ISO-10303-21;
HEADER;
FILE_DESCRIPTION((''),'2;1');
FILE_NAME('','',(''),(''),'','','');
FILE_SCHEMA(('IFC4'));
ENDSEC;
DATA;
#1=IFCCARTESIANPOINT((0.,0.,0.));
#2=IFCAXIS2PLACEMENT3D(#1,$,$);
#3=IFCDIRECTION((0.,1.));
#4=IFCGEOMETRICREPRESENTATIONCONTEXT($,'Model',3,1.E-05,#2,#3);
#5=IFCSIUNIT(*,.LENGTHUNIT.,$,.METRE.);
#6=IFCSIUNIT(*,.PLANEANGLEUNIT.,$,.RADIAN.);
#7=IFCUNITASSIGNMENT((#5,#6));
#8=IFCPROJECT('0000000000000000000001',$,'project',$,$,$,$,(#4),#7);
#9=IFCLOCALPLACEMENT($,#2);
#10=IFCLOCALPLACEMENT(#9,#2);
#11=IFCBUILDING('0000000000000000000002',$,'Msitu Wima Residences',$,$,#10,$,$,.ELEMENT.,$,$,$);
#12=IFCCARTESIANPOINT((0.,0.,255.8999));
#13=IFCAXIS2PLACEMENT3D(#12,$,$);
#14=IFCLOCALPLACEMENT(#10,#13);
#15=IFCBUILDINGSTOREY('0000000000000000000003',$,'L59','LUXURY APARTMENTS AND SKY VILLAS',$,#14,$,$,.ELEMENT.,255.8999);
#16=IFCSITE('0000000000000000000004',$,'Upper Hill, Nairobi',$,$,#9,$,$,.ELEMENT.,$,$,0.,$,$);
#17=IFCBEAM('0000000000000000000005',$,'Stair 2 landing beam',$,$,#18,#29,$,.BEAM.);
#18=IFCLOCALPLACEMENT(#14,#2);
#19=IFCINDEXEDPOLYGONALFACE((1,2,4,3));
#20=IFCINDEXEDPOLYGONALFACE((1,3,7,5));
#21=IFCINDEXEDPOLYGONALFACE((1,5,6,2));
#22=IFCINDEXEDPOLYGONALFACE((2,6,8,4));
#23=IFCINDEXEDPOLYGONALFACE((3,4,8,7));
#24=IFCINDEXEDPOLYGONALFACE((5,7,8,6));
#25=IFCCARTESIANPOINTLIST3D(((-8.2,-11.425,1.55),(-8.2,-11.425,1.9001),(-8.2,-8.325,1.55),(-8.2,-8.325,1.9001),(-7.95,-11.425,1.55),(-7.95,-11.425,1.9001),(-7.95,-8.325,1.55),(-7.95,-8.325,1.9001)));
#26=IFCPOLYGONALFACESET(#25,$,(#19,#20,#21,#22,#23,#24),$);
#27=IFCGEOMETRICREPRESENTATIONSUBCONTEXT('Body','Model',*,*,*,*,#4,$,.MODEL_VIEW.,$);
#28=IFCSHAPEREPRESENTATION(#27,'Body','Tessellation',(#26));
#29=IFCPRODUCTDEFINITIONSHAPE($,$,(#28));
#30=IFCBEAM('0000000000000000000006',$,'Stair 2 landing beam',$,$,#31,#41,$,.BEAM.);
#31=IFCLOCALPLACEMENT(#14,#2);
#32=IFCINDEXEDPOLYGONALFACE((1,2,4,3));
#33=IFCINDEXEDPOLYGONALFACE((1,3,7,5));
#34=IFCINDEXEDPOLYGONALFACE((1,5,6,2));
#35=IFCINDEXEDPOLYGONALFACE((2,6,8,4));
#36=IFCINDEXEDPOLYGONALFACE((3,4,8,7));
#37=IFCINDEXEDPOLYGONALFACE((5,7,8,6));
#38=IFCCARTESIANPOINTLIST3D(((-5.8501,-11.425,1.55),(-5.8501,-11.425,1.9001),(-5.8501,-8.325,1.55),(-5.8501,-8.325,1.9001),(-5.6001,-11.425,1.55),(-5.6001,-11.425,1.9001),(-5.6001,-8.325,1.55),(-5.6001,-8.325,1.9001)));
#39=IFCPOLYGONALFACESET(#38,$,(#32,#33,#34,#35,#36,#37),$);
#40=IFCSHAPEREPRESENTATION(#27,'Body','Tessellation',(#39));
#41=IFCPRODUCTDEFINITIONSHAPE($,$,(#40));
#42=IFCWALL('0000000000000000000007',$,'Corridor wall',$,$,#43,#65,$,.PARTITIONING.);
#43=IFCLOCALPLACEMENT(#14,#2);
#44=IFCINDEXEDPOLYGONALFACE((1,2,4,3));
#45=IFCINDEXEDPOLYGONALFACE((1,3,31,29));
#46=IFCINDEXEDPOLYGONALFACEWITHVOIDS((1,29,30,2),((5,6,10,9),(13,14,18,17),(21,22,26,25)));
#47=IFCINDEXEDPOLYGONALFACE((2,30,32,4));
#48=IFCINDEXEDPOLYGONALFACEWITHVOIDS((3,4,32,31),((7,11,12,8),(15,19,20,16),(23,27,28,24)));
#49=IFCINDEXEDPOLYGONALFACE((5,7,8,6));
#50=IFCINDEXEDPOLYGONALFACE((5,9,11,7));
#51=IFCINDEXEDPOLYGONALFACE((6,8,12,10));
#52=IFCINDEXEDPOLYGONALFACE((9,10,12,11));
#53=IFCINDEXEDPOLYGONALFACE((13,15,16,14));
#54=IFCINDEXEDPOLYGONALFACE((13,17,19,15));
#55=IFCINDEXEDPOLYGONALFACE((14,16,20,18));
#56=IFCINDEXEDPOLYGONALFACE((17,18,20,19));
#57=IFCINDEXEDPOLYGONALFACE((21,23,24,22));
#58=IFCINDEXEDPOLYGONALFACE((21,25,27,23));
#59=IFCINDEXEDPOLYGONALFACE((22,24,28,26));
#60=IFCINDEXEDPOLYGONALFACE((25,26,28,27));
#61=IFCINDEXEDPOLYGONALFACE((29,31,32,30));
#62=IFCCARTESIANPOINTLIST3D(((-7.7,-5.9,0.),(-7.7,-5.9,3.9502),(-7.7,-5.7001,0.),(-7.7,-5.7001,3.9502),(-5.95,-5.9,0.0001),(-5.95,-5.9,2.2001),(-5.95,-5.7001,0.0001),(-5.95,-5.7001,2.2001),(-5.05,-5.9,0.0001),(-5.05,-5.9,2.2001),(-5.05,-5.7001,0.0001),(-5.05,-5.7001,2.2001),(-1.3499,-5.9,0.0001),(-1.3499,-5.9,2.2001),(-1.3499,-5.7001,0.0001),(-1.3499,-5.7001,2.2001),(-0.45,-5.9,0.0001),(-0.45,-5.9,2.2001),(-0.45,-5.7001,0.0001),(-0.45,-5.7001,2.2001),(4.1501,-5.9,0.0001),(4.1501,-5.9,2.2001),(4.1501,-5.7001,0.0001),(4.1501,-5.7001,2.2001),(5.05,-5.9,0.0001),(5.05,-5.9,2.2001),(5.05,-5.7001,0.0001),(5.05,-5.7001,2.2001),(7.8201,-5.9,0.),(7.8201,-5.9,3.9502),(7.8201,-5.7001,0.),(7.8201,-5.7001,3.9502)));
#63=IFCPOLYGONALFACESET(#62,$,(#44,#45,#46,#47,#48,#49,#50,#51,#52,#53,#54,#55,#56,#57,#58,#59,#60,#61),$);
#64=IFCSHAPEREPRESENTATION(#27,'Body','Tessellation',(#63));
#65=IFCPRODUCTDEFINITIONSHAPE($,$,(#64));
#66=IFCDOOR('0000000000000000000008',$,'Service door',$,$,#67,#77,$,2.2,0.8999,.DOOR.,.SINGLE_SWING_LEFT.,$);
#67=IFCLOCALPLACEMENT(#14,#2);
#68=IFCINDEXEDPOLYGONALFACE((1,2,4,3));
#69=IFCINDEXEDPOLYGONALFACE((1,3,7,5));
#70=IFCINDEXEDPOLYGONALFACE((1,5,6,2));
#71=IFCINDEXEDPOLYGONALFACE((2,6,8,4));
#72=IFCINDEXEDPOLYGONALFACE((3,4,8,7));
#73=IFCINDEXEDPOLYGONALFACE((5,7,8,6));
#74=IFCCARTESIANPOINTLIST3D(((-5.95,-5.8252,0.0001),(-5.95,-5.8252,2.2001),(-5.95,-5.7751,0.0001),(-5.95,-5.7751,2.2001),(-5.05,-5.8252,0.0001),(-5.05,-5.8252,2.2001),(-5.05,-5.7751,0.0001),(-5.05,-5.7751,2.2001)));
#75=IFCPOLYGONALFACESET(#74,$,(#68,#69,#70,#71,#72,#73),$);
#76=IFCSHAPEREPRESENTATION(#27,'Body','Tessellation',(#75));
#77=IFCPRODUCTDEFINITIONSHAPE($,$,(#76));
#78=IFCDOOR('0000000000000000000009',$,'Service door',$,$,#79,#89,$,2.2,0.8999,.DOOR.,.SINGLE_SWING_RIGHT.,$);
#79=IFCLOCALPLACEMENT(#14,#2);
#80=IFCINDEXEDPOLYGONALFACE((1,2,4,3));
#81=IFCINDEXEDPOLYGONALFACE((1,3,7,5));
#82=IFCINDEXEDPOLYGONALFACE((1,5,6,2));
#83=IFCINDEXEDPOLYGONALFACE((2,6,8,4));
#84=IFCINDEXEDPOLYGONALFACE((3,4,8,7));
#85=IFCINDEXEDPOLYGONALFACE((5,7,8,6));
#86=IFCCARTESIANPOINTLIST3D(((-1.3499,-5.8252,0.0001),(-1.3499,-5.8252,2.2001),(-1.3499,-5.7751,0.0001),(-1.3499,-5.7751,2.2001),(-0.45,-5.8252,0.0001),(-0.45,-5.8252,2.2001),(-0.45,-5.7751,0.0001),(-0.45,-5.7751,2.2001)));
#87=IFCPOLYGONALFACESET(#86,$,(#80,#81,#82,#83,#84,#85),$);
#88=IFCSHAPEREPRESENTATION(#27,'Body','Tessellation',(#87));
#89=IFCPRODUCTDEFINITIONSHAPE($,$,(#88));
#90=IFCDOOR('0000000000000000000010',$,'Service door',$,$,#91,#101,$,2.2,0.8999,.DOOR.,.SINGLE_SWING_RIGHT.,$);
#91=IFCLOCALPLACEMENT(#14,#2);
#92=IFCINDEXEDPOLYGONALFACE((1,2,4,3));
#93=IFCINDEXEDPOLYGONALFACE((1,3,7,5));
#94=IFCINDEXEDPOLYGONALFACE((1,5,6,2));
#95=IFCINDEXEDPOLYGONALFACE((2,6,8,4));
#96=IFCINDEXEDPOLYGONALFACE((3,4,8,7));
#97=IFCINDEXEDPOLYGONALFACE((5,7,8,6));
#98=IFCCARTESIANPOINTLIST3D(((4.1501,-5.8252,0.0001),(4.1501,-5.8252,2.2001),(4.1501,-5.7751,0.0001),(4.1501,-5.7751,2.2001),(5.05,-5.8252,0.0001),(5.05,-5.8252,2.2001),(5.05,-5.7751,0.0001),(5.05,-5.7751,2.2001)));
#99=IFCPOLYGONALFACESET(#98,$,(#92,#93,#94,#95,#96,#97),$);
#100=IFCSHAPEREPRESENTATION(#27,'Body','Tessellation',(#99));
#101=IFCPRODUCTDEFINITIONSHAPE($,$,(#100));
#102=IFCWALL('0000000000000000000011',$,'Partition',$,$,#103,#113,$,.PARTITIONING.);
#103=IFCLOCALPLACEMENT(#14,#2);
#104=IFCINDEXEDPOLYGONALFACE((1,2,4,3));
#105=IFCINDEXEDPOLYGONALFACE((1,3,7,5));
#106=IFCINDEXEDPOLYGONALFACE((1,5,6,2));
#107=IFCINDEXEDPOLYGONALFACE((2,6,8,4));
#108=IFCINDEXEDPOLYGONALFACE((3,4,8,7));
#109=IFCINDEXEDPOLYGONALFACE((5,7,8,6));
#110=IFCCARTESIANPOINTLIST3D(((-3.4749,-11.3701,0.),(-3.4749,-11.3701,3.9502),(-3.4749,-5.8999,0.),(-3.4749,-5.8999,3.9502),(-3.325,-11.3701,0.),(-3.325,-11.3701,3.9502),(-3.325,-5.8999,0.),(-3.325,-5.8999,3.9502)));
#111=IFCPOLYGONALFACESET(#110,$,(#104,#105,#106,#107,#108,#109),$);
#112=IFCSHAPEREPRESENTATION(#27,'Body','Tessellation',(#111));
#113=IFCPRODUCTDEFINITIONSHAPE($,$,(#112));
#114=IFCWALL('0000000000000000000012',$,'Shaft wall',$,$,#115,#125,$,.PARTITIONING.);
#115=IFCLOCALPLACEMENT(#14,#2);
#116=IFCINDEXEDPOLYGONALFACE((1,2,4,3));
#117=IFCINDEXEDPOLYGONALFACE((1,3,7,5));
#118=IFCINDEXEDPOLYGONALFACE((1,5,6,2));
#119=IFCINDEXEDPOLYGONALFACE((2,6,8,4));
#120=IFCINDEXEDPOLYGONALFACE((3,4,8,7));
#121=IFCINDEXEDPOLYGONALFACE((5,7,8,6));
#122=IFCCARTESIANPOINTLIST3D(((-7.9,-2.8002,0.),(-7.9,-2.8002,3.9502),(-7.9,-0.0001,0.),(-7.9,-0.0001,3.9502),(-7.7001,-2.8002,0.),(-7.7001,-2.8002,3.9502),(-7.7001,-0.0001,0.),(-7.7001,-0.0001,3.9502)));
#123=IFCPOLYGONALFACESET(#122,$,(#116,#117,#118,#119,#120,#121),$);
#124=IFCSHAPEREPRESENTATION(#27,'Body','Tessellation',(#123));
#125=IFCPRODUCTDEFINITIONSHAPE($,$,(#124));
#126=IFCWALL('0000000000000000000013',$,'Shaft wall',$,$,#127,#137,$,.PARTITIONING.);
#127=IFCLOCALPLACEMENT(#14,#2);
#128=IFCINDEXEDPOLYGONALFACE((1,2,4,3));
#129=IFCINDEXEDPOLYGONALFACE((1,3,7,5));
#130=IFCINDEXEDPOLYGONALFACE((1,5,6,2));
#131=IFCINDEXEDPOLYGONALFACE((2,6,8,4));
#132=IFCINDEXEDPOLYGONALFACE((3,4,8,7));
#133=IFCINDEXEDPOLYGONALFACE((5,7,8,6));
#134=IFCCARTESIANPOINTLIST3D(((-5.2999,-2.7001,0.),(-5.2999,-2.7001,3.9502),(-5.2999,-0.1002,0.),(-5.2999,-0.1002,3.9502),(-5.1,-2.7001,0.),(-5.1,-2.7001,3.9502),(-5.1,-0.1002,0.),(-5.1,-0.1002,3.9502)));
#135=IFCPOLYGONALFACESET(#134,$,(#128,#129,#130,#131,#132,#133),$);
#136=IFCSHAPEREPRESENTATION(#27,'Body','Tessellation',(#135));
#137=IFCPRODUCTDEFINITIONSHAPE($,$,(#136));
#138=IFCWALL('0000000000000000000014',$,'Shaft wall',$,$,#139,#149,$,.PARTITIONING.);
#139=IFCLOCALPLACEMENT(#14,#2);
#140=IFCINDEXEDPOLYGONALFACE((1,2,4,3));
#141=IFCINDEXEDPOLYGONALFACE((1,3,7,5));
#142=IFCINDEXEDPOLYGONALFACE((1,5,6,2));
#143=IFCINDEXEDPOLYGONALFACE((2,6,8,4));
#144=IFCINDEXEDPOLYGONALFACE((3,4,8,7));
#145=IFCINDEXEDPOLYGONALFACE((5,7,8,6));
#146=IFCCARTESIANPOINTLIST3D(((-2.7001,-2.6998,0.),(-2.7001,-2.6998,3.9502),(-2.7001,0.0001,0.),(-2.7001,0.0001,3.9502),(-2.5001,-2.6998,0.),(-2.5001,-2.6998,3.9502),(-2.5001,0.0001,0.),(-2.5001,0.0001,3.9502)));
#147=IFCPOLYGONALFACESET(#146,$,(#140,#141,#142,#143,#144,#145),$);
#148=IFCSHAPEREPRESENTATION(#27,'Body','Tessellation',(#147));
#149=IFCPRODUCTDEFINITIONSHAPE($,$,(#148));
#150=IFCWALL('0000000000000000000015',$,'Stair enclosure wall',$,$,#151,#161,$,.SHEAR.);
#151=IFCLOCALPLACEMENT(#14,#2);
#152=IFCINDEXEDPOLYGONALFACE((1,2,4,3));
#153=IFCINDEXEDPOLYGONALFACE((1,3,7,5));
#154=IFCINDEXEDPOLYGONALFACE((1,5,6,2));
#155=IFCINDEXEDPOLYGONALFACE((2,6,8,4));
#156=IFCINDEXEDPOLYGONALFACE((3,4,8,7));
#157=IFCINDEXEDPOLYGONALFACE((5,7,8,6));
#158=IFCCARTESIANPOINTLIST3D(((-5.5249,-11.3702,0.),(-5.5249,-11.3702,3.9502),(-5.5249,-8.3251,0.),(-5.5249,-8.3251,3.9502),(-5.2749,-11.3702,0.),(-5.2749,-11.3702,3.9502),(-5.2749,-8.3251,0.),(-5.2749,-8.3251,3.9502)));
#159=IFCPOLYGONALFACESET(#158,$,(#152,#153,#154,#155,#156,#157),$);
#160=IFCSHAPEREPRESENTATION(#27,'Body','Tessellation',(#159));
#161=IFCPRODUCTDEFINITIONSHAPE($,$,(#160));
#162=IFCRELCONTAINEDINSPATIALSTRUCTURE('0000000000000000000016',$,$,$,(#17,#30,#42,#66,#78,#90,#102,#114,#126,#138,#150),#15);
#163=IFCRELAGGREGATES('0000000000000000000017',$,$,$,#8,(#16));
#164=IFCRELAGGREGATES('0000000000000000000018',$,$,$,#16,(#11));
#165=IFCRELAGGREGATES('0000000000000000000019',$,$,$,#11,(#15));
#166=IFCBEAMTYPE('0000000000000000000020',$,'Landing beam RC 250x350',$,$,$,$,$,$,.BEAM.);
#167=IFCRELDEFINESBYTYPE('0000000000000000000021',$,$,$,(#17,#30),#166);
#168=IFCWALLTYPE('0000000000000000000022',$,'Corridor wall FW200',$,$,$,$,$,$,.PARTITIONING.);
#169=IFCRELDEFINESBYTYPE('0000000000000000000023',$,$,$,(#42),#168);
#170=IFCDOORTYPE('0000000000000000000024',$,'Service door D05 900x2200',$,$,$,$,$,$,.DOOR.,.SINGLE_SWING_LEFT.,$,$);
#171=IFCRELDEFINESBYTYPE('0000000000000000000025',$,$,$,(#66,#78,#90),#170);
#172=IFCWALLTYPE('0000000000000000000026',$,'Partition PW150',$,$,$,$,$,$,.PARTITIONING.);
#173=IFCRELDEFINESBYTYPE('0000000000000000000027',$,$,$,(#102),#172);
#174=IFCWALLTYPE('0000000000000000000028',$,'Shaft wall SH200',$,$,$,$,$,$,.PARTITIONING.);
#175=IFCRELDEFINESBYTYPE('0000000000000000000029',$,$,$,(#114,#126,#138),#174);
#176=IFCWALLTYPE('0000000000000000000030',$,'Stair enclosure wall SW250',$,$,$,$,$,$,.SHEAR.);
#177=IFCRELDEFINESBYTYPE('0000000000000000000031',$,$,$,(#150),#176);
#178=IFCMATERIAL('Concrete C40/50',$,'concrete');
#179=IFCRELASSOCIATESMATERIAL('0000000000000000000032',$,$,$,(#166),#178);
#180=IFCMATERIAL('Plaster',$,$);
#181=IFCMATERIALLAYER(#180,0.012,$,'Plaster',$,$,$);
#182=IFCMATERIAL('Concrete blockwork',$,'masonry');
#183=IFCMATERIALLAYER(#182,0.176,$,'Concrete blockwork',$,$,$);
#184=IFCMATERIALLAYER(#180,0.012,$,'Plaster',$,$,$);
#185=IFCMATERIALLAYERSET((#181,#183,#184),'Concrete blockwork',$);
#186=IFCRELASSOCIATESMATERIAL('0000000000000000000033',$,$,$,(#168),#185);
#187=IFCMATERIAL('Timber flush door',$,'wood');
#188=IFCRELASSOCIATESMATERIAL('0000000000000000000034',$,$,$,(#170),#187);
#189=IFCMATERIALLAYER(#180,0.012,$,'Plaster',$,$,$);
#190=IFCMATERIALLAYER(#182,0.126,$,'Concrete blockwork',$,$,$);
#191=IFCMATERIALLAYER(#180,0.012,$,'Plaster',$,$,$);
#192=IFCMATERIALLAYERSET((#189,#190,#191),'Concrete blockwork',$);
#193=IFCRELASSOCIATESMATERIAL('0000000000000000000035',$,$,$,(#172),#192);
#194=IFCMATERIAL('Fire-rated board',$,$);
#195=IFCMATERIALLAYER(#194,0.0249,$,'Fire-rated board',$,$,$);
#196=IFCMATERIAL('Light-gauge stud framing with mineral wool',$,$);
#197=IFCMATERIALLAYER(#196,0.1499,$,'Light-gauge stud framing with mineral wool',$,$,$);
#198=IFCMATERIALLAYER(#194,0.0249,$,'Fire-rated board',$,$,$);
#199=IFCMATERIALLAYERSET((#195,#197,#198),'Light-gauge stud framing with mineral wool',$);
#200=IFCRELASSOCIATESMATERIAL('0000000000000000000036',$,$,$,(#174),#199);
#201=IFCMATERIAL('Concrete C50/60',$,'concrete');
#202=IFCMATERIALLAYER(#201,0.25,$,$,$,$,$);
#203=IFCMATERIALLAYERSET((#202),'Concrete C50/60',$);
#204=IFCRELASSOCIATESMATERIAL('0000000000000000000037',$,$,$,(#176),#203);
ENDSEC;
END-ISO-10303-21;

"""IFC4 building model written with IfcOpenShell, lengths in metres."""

from ifc_helpers import new_model, si_unit, direction, frame, frame_2d, origin, origin_2d, place, context, subcontext, project, spatial, rectangle, extrude, material, layer, layer_set, material_profile, profile_set, type_object, element, fill, save


model = new_model("IFC4")

# Units and contexts
model_context = context("Model", 3, precision=1e-05, world=origin(), true_north=direction((0.0, 1.0)))
body_context = subcontext(model_context, "Body", "Model", "MODEL_VIEW")
ifc_project = project(units=[si_unit("LENGTHUNIT", "METRE"), si_unit("PLANEANGLEUNIT", "RADIAN")], contexts=[model_context])

# Site, building, storey
site_placement = place(None, origin())
site = spatial("IfcSite", under=ifc_project, at=site_placement, Name="Upper Hill, Nairobi", CompositionType="ELEMENT", RefElevation=0.0)
building_placement = place(site_placement, origin())
building = spatial("IfcBuilding", under=site, at=building_placement, Name="Msitu Wima Residences", CompositionType="ELEMENT")
storey_placement = place(building_placement, frame((0.0, 0.0, 255.8999)))
storey = spatial("IfcBuildingStorey", under=building, at=storey_placement, Name="L59", Description="LUXURY APARTMENTS AND SKY VILLAS", CompositionType="ELEMENT", Elevation=255.8999)

# Beams
ifc_material_1 = material(Name="Concrete C40/50", Category="concrete")
ifc_material_profile = material_profile(ifc_material_1, rectangle(XDim=0.25, YDim=0.3501, at=origin_2d()), Name="RC 250x350")
ifc_profile_set = profile_set([ifc_material_profile], Name="Concrete C40/50")
beam_type = type_object("IfcBeamType", Name="Landing beam RC 250x350", PredefinedType="BEAM", material=ifc_profile_set)
for number, where, z_axis, x_axis, name in (
    (1, (-8.075, -11.425, 1.7251), (0.0, 1.0, 0.0), (-1.0, 0.0, 0.0), "Stair 2 landing beam"),
    (2, (-5.7251, -11.425, 1.7251), (0.0, 1.0, 0.0), (-1.0, 0.0, 0.0), "Stair 2 landing beam"),
):
    element("IfcBeam", number, at=place(storey_placement, frame(where, z_axis=z_axis, x_axis=x_axis)), inside=storey, type_object=beam_type, Name=name, PredefinedType="BEAM", context=body_context, shape_type="SweptSolid", body=[
        extrude(rectangle(XDim=0.25, YDim=0.3501, at=origin_2d()), origin(), (0.0, 0.0, 1.0), 3.1001),
    ])

# Shared definitions
ifc_material_2 = material(Name="Plaster")
ifc_layer_1 = layer(ifc_material_2, 0.012, Name="Plaster")
ifc_material_3 = material(Name="Concrete blockwork", Category="masonry")
ifc_layer_2 = layer(ifc_material_3, 0.176, Name="Concrete blockwork")
ifc_layer_3 = layer(ifc_material_2, 0.012, Name="Plaster")
ifc_layer_set_1 = layer_set([ifc_layer_1, ifc_layer_2, ifc_layer_3], Name="Concrete blockwork")
wall_type_1 = type_object("IfcWallType", Name="Corridor wall FW200", PredefinedType="PARTITIONING", material=ifc_layer_set_1)

# Wall, openings, doors
wall_1_placement = place(storey_placement, frame((-7.7, -5.8, 0.0), z_axis=(0.0, 0.0, 1.0), x_axis=(1.0, 0.0, 0.0)))
wall_1 = element("IfcWall", 3, at=wall_1_placement, inside=storey, type_object=wall_type_1, Name="Corridor wall", PredefinedType="PARTITIONING", context=body_context, shape_type="SweptSolid", body=[
    extrude(rectangle(XDim=15.52, YDim=0.2, at=frame_2d((7.76, 0.0))), origin(), (0.0, 0.0, 1.0), 3.9502),
])
opening_1_placement = place(wall_1_placement, frame((1.75, 0.0, 0.0)))
opening_1 = element("IfcOpeningElement", 4, at=opening_1_placement, cuts=wall_1, PredefinedType="OPENING", context=body_context, shape_type="SweptSolid", body=[
    extrude(rectangle(XDim=0.8999, YDim=2.2, at=frame_2d((0.45, 1.1001))), frame((0.0, 0.1099, 0.0), z_axis=(0.0, -1.0, 0.0), x_axis=(1.0, 0.0, 0.0)), (0.0, 0.0, 1.0), 0.22),
])
opening_2_placement = place(wall_1_placement, frame((6.3501, 0.0, 0.0)))
opening_2 = element("IfcOpeningElement", 5, at=opening_2_placement, cuts=wall_1, PredefinedType="OPENING", context=body_context, shape_type="SweptSolid", body=[
    extrude(rectangle(XDim=0.8999, YDim=2.2, at=frame_2d((0.45, 1.1001))), frame((0.0, 0.1099, 0.0), z_axis=(0.0, -1.0, 0.0), x_axis=(1.0, 0.0, 0.0)), (0.0, 0.0, 1.0), 0.22),
])
opening_3_placement = place(wall_1_placement, frame((11.8501, 0.0, 0.0)))
opening_3 = element("IfcOpeningElement", 6, at=opening_3_placement, cuts=wall_1, PredefinedType="OPENING", context=body_context, shape_type="SweptSolid", body=[
    extrude(rectangle(XDim=0.8999, YDim=2.2, at=frame_2d((0.45, 1.1001))), frame((0.0, 0.1099, 0.0), z_axis=(0.0, -1.0, 0.0), x_axis=(1.0, 0.0, 0.0)), (0.0, 0.0, 1.0), 0.22),
])
ifc_material_4 = material(Name="Timber flush door", Category="wood")
door_type_1 = type_object("IfcDoorType", Name="Service door D05 900x2200", OperationType="SINGLE_SWING_LEFT", PredefinedType="DOOR", material=ifc_material_4)
door_1_placement = place(opening_1_placement, origin())
door_1 = element("IfcDoor", 7, at=door_1_placement, inside=storey, type_object=door_type_1, Name="Service door", OperationType="SINGLE_SWING_LEFT", OverallHeight=2.2, OverallWidth=0.8999, PredefinedType="DOOR", context=body_context, shape_type="SweptSolid", body=[
    extrude(rectangle(XDim=0.8999, YDim=2.2, at=frame_2d((0.45, 1.1001))), frame((0.0, 0.0249, 0.0), z_axis=(0.0, -1.0, 0.0), x_axis=(1.0, 0.0, 0.0)), (0.0, 0.0, 1.0), 0.05),
])
fill(opening_1, door_1)
door_2_placement = place(opening_2_placement, origin())
door_2 = element("IfcDoor", 8, at=door_2_placement, inside=storey, type_object=door_type_1, Name="Service door", OperationType="SINGLE_SWING_RIGHT", OverallHeight=2.2, OverallWidth=0.8999, PredefinedType="DOOR", context=body_context, shape_type="SweptSolid", body=[
    extrude(rectangle(XDim=0.8999, YDim=2.2, at=frame_2d((0.45, 1.1001))), frame((0.0, 0.0249, 0.0), z_axis=(0.0, -1.0, 0.0), x_axis=(1.0, 0.0, 0.0)), (0.0, 0.0, 1.0), 0.05),
])
fill(opening_2, door_2)
door_3_placement = place(opening_3_placement, origin())
door_3 = element("IfcDoor", 9, at=door_3_placement, inside=storey, type_object=door_type_1, Name="Service door", OperationType="SINGLE_SWING_RIGHT", OverallHeight=2.2, OverallWidth=0.8999, PredefinedType="DOOR", context=body_context, shape_type="SweptSolid", body=[
    extrude(rectangle(XDim=0.8999, YDim=2.2, at=frame_2d((0.45, 1.1001))), frame((0.0, 0.0249, 0.0), z_axis=(0.0, -1.0, 0.0), x_axis=(1.0, 0.0, 0.0)), (0.0, 0.0, 1.0), 0.05),
])
fill(opening_3, door_3)

# Walls
ifc_layer_4 = layer(ifc_material_2, 0.012, Name="Plaster")
ifc_layer_5 = layer(ifc_material_3, 0.126, Name="Concrete blockwork")
ifc_layer_6 = layer(ifc_material_2, 0.012, Name="Plaster")
ifc_layer_set_2 = layer_set([ifc_layer_4, ifc_layer_5, ifc_layer_6], Name="Concrete blockwork")
wall_type_2 = type_object("IfcWallType", Name="Partition PW150", PredefinedType="PARTITIONING", material=ifc_layer_set_2)
wall_2_placement = place(storey_placement, frame((-3.3999, -11.3701, 0.0), z_axis=(0.0, 0.0, 1.0), x_axis=(0.0, 1.0, 0.0)))
element("IfcWall", 10, at=wall_2_placement, inside=storey, type_object=wall_type_2, Name="Partition", PredefinedType="PARTITIONING", context=body_context, shape_type="SweptSolid", body=[
    extrude(rectangle(XDim=5.4702, YDim=0.1499, at=frame_2d((2.7351, 0.0))), origin(), (0.0, 0.0, 1.0), 3.9502),
])
ifc_material_5 = material(Name="Fire-rated board")
ifc_layer_7 = layer(ifc_material_5, 0.0249, Name="Fire-rated board")
ifc_material_6 = material(Name="Light-gauge stud framing with mineral wool")
ifc_layer_8 = layer(ifc_material_6, 0.1499, Name="Light-gauge stud framing with mineral wool")
ifc_layer_9 = layer(ifc_material_5, 0.0249, Name="Fire-rated board")
ifc_layer_set_3 = layer_set([ifc_layer_7, ifc_layer_8, ifc_layer_9], Name="Light-gauge stud framing with mineral wool")
wall_type_3 = type_object("IfcWallType", Name="Shaft wall SH200", PredefinedType="PARTITIONING", material=ifc_layer_set_3)
wall_3_placement = place(storey_placement, frame((-7.8, -2.8, 0.0), z_axis=(0.0, 0.0, 1.0), x_axis=(0.0, 1.0, 0.0)))
element("IfcWall", 11, at=wall_3_placement, inside=storey, type_object=wall_type_3, Name="Shaft wall", PredefinedType="PARTITIONING", context=body_context, shape_type="SweptSolid", body=[
    extrude(rectangle(XDim=2.8, YDim=0.2, at=frame_2d((1.3999, 0.0))), origin(), (0.0, 0.0, 1.0), 3.9502),
])
wall_4_placement = place(storey_placement, frame((-5.2, -2.7, 0.0), z_axis=(0.0, 0.0, 1.0), x_axis=(0.0, 1.0, 0.0)))
element("IfcWall", 12, at=wall_4_placement, inside=storey, type_object=wall_type_3, Name="Shaft wall", PredefinedType="PARTITIONING", context=body_context, shape_type="SweptSolid", body=[
    extrude(rectangle(XDim=2.5999, YDim=0.2, at=frame_2d((1.2998, 0.0))), origin(), (0.0, 0.0, 1.0), 3.9502),
])
wall_5_placement = place(storey_placement, frame((-2.6001, -2.7, 0.0), z_axis=(0.0, 0.0, 1.0), x_axis=(0.0, 1.0, 0.0)))
element("IfcWall", 13, at=wall_5_placement, inside=storey, type_object=wall_type_3, Name="Shaft wall", PredefinedType="PARTITIONING", context=body_context, shape_type="SweptSolid", body=[
    extrude(rectangle(XDim=2.7, YDim=0.2, at=frame_2d((1.3501, 0.0))), origin(), (0.0, 0.0, 1.0), 3.9502),
])
ifc_material_7 = material(Name="Concrete C50/60", Category="concrete")
ifc_layer_10 = layer(ifc_material_7, 0.25)
ifc_layer_set_4 = layer_set([ifc_layer_10], Name="Concrete C50/60")
wall_type_4 = type_object("IfcWallType", Name="Stair enclosure wall SW250", PredefinedType="SHEAR", material=ifc_layer_set_4)
wall_6_placement = place(storey_placement, frame((-5.3999, -11.3701, 0.0), z_axis=(0.0, 0.0, 1.0), x_axis=(0.0, 1.0, 0.0)))
element("IfcWall", 14, at=wall_6_placement, inside=storey, type_object=wall_type_4, Name="Stair enclosure wall", PredefinedType="SHEAR", context=body_context, shape_type="SweptSolid", body=[
    extrude(rectangle(XDim=3.0452, YDim=0.25, at=frame_2d((1.5225, 0.0))), origin(), (0.0, 0.0, 1.0), 3.9502),
])

save(model, "model.ifc")
